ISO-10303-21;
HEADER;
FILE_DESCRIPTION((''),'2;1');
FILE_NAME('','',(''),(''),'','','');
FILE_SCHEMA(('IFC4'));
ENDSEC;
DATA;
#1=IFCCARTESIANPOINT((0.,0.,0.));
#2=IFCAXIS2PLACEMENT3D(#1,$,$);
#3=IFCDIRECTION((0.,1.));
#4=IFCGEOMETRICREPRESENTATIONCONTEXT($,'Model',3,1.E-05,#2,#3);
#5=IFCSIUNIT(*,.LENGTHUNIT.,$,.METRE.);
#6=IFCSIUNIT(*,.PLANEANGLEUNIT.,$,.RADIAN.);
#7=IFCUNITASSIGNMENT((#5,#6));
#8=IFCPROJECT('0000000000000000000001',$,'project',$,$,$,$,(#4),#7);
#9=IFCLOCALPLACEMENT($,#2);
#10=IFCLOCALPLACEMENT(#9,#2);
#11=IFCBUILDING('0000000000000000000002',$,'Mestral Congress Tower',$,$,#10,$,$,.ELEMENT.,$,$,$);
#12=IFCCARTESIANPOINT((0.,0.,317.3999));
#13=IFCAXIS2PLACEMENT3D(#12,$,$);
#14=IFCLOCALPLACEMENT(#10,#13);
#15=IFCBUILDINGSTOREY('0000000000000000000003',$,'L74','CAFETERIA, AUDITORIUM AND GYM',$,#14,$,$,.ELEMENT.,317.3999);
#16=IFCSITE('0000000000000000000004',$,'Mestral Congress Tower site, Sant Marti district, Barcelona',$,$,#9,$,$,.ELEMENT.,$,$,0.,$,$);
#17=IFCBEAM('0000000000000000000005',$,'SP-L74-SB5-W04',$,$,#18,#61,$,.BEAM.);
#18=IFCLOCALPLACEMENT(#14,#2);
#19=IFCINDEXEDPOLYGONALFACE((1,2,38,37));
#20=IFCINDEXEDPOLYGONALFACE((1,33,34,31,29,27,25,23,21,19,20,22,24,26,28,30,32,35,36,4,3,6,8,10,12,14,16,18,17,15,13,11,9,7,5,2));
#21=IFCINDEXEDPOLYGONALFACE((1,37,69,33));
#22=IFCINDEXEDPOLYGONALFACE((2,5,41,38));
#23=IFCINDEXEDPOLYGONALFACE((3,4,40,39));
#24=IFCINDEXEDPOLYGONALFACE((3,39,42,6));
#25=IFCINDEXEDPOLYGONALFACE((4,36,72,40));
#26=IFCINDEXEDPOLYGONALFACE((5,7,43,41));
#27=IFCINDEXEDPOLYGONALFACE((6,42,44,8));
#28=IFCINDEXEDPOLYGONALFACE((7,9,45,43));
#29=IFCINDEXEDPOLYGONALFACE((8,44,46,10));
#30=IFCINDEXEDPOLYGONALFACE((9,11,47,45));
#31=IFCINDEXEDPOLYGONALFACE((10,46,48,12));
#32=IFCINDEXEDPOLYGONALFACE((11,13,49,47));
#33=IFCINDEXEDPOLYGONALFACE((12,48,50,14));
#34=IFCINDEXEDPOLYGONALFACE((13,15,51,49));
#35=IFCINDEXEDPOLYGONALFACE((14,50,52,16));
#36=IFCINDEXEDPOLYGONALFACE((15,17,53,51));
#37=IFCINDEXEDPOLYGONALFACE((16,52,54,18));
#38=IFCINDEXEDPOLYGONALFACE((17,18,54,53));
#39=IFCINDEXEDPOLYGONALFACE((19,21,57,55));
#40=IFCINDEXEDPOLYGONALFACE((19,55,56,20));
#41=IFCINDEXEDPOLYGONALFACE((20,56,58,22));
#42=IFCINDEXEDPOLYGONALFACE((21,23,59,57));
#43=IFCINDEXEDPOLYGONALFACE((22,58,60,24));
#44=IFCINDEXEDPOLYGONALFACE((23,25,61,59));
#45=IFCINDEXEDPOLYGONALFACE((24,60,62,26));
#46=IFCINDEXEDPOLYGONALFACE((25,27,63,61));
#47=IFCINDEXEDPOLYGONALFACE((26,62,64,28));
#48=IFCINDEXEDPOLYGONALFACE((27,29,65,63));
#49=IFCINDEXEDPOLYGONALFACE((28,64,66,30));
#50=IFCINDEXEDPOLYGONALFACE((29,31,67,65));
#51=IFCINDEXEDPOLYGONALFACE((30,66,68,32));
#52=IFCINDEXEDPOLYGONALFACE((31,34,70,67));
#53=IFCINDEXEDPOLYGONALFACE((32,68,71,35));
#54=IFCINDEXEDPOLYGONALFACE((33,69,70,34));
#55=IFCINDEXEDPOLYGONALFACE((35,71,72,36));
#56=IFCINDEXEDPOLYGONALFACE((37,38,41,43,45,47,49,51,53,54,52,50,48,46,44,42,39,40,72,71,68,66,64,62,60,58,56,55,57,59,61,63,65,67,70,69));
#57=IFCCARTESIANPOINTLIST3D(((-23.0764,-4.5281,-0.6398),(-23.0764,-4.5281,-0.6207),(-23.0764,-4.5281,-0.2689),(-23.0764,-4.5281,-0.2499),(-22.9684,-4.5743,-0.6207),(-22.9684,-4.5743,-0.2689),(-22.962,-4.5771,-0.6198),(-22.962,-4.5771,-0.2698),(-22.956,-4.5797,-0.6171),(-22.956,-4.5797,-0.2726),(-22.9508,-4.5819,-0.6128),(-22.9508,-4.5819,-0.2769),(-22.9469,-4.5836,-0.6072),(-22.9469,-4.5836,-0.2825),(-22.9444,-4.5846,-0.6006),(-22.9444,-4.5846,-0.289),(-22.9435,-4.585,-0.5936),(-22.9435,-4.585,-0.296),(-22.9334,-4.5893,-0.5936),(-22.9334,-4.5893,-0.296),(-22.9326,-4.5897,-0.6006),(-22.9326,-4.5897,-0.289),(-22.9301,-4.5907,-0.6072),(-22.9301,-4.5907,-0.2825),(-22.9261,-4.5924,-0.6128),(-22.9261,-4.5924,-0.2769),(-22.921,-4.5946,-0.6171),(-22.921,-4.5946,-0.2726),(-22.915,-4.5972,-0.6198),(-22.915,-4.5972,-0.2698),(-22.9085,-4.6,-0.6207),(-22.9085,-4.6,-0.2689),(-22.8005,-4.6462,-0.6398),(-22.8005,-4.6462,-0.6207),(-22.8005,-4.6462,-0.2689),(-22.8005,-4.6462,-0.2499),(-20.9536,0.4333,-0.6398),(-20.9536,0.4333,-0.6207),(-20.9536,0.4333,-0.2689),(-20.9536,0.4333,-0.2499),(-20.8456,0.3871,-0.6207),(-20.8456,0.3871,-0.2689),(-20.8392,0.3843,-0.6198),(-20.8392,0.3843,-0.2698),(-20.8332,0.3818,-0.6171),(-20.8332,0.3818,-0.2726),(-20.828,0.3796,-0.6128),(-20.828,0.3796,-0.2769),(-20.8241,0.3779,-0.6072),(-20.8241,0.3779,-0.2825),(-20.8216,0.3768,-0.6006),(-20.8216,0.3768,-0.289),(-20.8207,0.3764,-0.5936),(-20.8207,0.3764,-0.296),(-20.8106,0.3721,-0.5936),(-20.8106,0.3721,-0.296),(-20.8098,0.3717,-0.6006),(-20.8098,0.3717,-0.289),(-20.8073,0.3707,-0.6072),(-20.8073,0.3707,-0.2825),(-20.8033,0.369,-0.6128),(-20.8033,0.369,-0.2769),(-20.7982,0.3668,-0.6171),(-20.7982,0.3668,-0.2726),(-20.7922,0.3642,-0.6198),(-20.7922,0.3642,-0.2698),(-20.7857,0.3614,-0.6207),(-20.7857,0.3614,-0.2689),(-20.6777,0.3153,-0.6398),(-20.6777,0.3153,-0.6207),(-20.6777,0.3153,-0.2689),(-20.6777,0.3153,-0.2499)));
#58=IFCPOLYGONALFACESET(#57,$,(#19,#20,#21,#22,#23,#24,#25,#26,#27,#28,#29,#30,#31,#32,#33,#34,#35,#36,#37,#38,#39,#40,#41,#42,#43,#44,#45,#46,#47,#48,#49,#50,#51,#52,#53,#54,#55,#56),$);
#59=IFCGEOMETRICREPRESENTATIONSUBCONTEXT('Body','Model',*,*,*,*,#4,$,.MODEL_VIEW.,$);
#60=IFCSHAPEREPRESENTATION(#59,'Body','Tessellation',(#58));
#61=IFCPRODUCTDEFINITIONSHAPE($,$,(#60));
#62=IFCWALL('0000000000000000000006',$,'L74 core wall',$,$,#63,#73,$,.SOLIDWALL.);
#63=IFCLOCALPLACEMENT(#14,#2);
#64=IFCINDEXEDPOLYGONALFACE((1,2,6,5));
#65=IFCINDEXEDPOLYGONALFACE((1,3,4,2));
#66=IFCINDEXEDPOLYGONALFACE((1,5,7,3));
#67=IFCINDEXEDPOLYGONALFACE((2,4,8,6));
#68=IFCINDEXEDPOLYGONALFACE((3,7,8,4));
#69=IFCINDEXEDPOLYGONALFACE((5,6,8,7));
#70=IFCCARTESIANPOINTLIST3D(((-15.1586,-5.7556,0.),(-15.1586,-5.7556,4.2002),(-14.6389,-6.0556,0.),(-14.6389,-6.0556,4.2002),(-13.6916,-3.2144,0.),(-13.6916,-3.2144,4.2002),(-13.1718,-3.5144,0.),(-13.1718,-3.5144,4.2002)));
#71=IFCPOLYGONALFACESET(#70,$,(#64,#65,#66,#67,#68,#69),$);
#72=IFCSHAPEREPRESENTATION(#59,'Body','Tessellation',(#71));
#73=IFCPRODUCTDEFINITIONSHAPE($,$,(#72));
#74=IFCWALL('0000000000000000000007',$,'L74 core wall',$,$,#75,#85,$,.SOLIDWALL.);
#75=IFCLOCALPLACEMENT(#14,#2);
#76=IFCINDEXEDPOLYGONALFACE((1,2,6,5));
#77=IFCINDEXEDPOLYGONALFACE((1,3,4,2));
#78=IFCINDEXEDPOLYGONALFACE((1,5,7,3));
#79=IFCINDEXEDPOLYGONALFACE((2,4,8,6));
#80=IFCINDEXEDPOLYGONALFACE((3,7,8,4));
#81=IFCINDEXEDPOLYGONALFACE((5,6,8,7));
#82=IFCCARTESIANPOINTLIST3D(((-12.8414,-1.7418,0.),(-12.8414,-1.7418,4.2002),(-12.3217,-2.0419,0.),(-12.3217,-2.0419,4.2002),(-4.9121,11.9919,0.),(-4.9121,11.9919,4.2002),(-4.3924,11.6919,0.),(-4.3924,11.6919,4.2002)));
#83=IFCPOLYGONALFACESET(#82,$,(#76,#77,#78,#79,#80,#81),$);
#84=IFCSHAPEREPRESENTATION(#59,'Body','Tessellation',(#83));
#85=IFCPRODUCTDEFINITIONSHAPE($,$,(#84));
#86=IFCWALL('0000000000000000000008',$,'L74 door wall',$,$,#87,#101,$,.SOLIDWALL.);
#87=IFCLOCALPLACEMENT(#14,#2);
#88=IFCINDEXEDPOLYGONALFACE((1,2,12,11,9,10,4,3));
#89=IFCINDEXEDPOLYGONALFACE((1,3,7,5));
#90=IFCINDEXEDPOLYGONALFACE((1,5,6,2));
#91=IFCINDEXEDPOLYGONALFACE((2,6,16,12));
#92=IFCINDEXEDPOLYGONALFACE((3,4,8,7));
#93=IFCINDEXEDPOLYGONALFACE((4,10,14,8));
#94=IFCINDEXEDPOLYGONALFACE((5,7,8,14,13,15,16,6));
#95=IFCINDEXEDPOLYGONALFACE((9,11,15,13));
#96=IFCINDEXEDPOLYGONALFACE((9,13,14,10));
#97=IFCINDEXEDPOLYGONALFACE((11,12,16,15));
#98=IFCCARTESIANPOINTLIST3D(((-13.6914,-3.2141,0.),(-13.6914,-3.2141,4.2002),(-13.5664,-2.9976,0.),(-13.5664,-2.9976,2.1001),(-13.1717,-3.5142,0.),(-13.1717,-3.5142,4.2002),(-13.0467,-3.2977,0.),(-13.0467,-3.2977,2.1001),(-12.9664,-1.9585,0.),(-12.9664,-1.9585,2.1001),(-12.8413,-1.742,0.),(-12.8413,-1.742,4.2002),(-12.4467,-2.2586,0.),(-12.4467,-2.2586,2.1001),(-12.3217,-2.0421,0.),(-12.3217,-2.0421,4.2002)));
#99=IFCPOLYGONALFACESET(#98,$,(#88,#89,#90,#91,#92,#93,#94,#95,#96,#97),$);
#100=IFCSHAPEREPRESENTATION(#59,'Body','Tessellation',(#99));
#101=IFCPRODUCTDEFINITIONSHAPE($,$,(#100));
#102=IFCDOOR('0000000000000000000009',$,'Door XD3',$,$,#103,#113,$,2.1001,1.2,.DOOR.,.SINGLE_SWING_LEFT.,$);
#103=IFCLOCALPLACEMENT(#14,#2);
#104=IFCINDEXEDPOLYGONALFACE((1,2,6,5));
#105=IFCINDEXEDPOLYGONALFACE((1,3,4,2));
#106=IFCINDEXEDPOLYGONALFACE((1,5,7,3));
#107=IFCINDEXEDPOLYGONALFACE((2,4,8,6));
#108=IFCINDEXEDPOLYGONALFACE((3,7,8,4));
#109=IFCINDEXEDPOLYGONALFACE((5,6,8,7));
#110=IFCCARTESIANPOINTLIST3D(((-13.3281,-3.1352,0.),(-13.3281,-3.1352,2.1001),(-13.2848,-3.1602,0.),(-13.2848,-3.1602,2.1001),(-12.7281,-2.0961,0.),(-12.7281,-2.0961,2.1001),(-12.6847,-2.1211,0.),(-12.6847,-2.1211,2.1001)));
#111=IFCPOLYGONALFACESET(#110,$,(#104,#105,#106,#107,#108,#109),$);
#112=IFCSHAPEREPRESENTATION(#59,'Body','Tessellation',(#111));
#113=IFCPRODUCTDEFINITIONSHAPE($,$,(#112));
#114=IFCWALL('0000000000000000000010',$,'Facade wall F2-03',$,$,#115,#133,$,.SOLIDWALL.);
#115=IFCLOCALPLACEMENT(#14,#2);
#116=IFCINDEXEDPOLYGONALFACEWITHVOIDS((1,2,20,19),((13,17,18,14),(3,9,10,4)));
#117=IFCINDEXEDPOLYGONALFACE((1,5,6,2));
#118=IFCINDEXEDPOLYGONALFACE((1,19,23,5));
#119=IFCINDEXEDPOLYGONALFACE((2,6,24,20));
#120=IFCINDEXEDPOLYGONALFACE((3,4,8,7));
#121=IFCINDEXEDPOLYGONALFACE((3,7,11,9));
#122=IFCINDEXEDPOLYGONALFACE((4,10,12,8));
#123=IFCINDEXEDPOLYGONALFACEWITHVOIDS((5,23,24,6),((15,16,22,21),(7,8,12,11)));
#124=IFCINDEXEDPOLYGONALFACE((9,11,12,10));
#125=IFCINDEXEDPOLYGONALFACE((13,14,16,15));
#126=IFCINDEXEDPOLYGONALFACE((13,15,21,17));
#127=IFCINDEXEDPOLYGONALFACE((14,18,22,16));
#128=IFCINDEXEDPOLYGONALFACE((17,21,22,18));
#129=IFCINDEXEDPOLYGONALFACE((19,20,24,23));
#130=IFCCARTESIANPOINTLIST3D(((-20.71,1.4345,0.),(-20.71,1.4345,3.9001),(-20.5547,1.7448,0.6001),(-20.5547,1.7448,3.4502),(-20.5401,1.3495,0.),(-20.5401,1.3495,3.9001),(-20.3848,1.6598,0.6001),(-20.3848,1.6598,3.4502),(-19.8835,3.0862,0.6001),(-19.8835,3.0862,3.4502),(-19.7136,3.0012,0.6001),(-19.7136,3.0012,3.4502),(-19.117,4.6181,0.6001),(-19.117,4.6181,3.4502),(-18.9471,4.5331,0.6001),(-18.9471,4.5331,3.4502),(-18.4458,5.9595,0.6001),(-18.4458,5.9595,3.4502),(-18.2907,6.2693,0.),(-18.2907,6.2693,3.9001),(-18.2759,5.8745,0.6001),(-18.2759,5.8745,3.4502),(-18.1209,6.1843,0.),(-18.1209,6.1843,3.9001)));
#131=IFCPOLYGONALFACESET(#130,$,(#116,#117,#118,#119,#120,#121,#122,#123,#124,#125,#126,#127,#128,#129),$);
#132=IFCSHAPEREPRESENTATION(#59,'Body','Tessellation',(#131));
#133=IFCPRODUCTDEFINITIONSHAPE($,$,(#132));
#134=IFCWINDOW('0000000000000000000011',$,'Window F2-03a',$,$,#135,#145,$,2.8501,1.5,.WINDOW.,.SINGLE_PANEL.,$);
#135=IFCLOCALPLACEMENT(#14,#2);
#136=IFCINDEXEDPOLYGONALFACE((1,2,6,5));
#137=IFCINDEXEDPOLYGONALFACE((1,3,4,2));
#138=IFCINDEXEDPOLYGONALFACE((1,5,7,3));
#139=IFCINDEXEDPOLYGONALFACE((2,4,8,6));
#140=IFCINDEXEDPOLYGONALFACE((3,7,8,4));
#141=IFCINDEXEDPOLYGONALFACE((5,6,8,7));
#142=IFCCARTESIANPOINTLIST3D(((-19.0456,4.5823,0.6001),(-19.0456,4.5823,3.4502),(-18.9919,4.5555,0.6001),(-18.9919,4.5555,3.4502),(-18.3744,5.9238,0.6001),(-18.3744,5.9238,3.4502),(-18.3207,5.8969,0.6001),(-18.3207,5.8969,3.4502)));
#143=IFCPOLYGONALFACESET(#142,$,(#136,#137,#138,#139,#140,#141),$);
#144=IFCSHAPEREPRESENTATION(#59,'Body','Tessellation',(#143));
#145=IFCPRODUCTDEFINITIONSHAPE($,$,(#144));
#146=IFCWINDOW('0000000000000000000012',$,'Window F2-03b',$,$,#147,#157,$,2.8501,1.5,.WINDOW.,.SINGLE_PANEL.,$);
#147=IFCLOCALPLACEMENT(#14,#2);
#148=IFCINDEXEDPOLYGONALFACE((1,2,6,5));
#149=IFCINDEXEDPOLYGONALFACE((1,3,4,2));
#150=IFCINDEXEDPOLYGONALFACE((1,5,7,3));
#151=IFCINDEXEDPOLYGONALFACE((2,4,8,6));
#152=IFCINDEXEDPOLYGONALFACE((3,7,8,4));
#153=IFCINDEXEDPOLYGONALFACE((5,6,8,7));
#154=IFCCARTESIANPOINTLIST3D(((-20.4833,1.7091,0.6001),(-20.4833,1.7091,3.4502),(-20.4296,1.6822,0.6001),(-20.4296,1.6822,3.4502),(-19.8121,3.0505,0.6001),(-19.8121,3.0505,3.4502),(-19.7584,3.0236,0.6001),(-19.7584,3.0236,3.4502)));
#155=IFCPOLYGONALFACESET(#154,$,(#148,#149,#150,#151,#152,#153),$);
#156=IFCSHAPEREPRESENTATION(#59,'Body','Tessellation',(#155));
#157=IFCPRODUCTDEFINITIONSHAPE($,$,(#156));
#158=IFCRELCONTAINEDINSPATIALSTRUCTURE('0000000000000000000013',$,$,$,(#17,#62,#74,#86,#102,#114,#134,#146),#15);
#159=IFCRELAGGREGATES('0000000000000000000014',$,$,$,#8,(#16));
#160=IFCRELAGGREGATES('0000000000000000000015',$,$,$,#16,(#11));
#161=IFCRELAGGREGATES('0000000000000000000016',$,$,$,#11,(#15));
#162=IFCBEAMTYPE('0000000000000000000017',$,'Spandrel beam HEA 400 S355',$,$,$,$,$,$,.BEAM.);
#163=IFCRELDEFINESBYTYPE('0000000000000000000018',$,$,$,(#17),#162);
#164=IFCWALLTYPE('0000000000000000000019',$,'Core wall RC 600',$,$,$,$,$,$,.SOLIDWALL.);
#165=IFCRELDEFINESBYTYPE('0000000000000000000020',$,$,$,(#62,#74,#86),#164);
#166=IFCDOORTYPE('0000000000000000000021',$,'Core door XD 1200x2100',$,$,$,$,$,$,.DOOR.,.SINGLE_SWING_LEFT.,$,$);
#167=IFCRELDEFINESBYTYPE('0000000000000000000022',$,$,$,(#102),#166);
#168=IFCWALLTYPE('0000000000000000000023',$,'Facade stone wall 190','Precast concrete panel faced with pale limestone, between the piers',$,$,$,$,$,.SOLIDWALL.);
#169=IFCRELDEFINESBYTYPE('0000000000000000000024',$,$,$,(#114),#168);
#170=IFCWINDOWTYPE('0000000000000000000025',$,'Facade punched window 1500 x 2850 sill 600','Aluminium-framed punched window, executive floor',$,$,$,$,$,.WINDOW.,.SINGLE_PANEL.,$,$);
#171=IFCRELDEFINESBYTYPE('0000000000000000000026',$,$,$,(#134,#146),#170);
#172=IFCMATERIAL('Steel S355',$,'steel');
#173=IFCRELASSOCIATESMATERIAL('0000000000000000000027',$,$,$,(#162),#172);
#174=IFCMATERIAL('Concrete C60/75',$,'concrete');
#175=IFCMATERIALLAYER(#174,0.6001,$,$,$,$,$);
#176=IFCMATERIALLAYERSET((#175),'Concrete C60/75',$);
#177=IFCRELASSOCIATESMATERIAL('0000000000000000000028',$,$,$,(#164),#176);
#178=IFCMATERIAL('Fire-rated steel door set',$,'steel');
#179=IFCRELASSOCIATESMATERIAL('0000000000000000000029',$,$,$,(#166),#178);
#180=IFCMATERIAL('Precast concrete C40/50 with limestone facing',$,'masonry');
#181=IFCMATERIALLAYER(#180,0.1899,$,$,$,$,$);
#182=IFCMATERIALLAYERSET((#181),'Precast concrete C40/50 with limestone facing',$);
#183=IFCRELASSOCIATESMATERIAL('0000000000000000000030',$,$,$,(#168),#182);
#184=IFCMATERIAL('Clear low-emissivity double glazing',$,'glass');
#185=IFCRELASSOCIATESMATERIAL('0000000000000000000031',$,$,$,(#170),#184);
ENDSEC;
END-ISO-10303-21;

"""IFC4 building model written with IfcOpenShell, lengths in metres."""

from ifc_helpers import new_model, si_unit, direction, frame, frame_2d, origin, origin_2d, place, context, subcontext, project, spatial, rectangle, i_section, extrude, material, layer, layer_set, material_profile, profile_set, type_object, element, fill, save


model = new_model("IFC4")

# Units and contexts
model_context = context("Model", 3, precision=1e-05, world=origin(), true_north=direction((0.0, 1.0)))
body_context = subcontext(model_context, "Body", "Model", "MODEL_VIEW")
ifc_project = project(units=[si_unit("LENGTHUNIT", "METRE"), si_unit("PLANEANGLEUNIT", "RADIAN")], contexts=[model_context])

# Site, building, storey
site_placement = place(None, origin())
site = spatial("IfcSite", under=ifc_project, at=site_placement, Name="Mestral Congress Tower site, Sant Marti district, Barcelona", CompositionType="ELEMENT", RefElevation=0.0)
building_placement = place(site_placement, origin())
building = spatial("IfcBuilding", under=site, at=building_placement, Name="Mestral Congress Tower", CompositionType="ELEMENT")
storey_placement = place(building_placement, frame((0.0, 0.0, 317.3999)))
storey = spatial("IfcBuildingStorey", under=building, at=storey_placement, Name="L74", Description="CAFETERIA, AUDITORIUM AND GYM", CompositionType="ELEMENT", Elevation=317.3999)

# Shared definitions
ifc_material_1 = material(Name="Concrete C60/75", Category="concrete")

# Beam
ifc_material_2 = material(Name="Steel S355", Category="steel")
ifc_material_profile_1 = material_profile(ifc_material_2, i_section(OverallWidth=0.3, OverallDepth=0.3899, WebThickness=0.011, FlangeThickness=0.019, FilletRadius=0.0271, at=origin_2d()), Name="HEA 400")
ifc_profile_set_1 = profile_set([ifc_material_profile_1], Name="Steel S355")
beam_type_1 = type_object("IfcBeamType", Name="Spandrel beam HEA 400 S355", PredefinedType="BEAM", material=ifc_profile_set_1)
beam_1_placement = place(storey_placement, frame((-20.8157, 0.3743, -0.4448), z_axis=(-0.393368, -0.919381, 0.0), x_axis=(0.919381, -0.393368, 0.0)))
element("IfcBeam", 1, at=beam_1_placement, inside=storey, type_object=beam_type_1, Name="SP-L74-SB5-W04", PredefinedType="BEAM", context=body_context, shape_type="SweptSolid", body=[
    extrude(i_section(OverallWidth=0.3, OverallDepth=0.3899, WebThickness=0.011, FlangeThickness=0.019, FilletRadius=0.0271, at=origin_2d()), origin(), (0.0, 0.0, 1.0), 5.3965),
])

# Walls
ifc_layer_1 = layer(ifc_material_1, 0.6001)
ifc_layer_set_1 = layer_set([ifc_layer_1], Name="Concrete C60/75")
wall_type_1 = type_object("IfcWallType", Name="Core wall RC 600", PredefinedType="SOLIDWALL", material=ifc_layer_set_1)
wall_1_placement = place(storey_placement, frame((-13.4316, -3.3643, 0.0), z_axis=(0.0, 0.0, 1.0), x_axis=(-0.49996, -0.866048, 0.0)))
element("IfcWall", 2, at=wall_1_placement, inside=storey, type_object=wall_type_1, Name="L74 core wall", PredefinedType="SOLIDWALL", context=body_context, shape_type="SweptSolid", body=[
    extrude(rectangle(XDim=2.9343, YDim=0.6001, at=frame_2d((1.4673, 0.0))), origin(), (0.0, 0.0, 1.0), 4.2002),
])
wall_2_placement = place(storey_placement, frame((-12.5815, -1.8918, 0.0), z_axis=(0.0, 0.0, 1.0), x_axis=(0.500004, 0.866023, 0.0)))
element("IfcWall", 3, at=wall_2_placement, inside=storey, type_object=wall_type_1, Name="L74 core wall", PredefinedType="SOLIDWALL", context=body_context, shape_type="SweptSolid", body=[
    extrude(rectangle(XDim=15.8584, YDim=0.6001, at=frame_2d((7.9292, 0.0))), origin(), (0.0, 0.0, 1.0), 4.2002),
])

# Wall, opening, door
wall_3_placement = place(storey_placement, frame((-13.4316, -3.3643, 0.0), z_axis=(0.0, 0.0, 1.0), x_axis=(0.500062, 0.865989, 0.0)))
wall_3 = element("IfcWall", 4, at=wall_3_placement, inside=storey, type_object=wall_type_1, Name="L74 door wall", PredefinedType="SOLIDWALL", context=body_context, shape_type="SweptSolid", body=[
    extrude(rectangle(XDim=1.7, YDim=0.6001, at=frame_2d((0.8501, 0.0))), origin(), (0.0, 0.0, 1.0), 4.2002),
])
opening_1_placement = place(wall_3_placement, frame((0.25, 0.0, 0.0)))
opening_1 = element("IfcOpeningElement", 5, at=opening_1_placement, cuts=wall_3, PredefinedType="OPENING", context=body_context, shape_type="SweptSolid", body=[
    extrude(rectangle(XDim=1.2, YDim=2.1001, at=frame_2d((0.6001, 1.05))), frame((0.0, 0.3101, 0.0), z_axis=(0.0, -1.0, 0.0), x_axis=(1.0, 0.0, 0.0)), (0.0, 0.0, 1.0), 0.6201),
])
ifc_material_3 = material(Name="Fire-rated steel door set", Category="steel")
door_type_1 = type_object("IfcDoorType", Name="Core door XD 1200x2100", OperationType="SINGLE_SWING_LEFT", PredefinedType="DOOR", material=ifc_material_3)
door_1_placement = place(opening_1_placement, origin())
door_1 = element("IfcDoor", 6, at=door_1_placement, inside=storey, type_object=door_type_1, Name="Door XD3", OperationType="SINGLE_SWING_LEFT", OverallHeight=2.1001, OverallWidth=1.2, PredefinedType="DOOR", context=body_context, shape_type="SweptSolid", body=[
    extrude(rectangle(XDim=1.2, YDim=2.1001, at=frame_2d((0.6001, 1.05))), frame((0.0, 0.0249, 0.0), z_axis=(0.0, -1.0, 0.0), x_axis=(1.0, 0.0, 0.0)), (0.0, 0.0, 1.0), 0.05),
])
fill(opening_1, door_1)

# Wall, openings, windows
ifc_material_4 = material(Name="Precast concrete C40/50 with limestone facing", Category="masonry")
ifc_layer_2 = layer(ifc_material_4, 0.1899)
ifc_layer_set_2 = layer_set([ifc_layer_2], Name="Precast concrete C40/50 with limestone facing")
wall_type_2 = type_object("IfcWallType", Name="Facade stone wall 190", Description="Precast concrete panel faced with pale limestone, between the piers", PredefinedType="SOLIDWALL", material=ifc_layer_set_2)
wall_4_placement = place(storey_placement, frame((-18.2058, 6.2268, 0.0), z_axis=(0.0, 0.0, 1.0), x_axis=(-0.447485, -0.894292, 0.0)))
wall_4 = element("IfcWall", 7, at=wall_4_placement, inside=storey, type_object=wall_type_2, Name="Facade wall F2-03", PredefinedType="SOLIDWALL", context=body_context, shape_type="SweptSolid", body=[
    extrude(rectangle(XDim=5.4062, YDim=0.1899, at=frame_2d((2.7031, 0.0))), origin(), (0.0, 0.0, 1.0), 3.9001),
])
opening_2_placement = place(wall_4_placement, frame((0.3464, 0.0, 0.6001)))
opening_2 = element("IfcOpeningElement", 8, at=opening_2_placement, cuts=wall_4, PredefinedType="OPENING", context=body_context, shape_type="SweptSolid", body=[
    extrude(rectangle(XDim=1.5, YDim=2.8501, at=frame_2d((0.75, 1.425))), frame((0.0, 0.105, 0.0), z_axis=(0.0, -1.0, 0.0), x_axis=(1.0, 0.0, 0.0)), (0.0, 0.0, 1.0), 0.21),
])
opening_3_placement = place(wall_4_placement, frame((3.5593, 0.0, 0.6001)))
opening_3 = element("IfcOpeningElement", 9, at=opening_3_placement, cuts=wall_4, PredefinedType="OPENING", context=body_context, shape_type="SweptSolid", body=[
    extrude(rectangle(XDim=1.5, YDim=2.8501, at=frame_2d((0.75, 1.425))), frame((0.0, 0.105, 0.0), z_axis=(0.0, -1.0, 0.0), x_axis=(1.0, 0.0, 0.0)), (0.0, 0.0, 1.0), 0.21),
])
ifc_material_5 = material(Name="Clear low-emissivity double glazing", Category="glass")
window_type = type_object("IfcWindowType", Name="Facade punched window 1500 x 2850 sill 600", Description="Aluminium-framed punched window, executive floor", PartitioningType="SINGLE_PANEL", PredefinedType="WINDOW", material=ifc_material_5)
window_1_placement = place(opening_2_placement, origin())
window_1 = element("IfcWindow", 10, at=window_1_placement, inside=storey, type_object=window_type, Name="Window F2-03a", OverallHeight=2.8501, OverallWidth=1.5, PartitioningType="SINGLE_PANEL", PredefinedType="WINDOW", context=body_context, shape_type="SweptSolid", body=[
    extrude(rectangle(XDim=1.5, YDim=2.8501, at=frame_2d((0.75, 1.425))), frame((0.0, 0.0449, 0.0), z_axis=(0.0, -1.0, 0.0), x_axis=(1.0, 0.0, 0.0)), (0.0, 0.0, 1.0), 0.0601),
])
fill(opening_2, window_1)
window_2_placement = place(opening_3_placement, origin())
window_2 = element("IfcWindow", 11, at=window_2_placement, inside=storey, type_object=window_type, Name="Window F2-03b", OverallHeight=2.8501, OverallWidth=1.5, PartitioningType="SINGLE_PANEL", PredefinedType="WINDOW", context=body_context, shape_type="SweptSolid", body=[
    extrude(rectangle(XDim=1.5, YDim=2.8501, at=frame_2d((0.75, 1.425))), frame((0.0, 0.0449, 0.0), z_axis=(0.0, -1.0, 0.0), x_axis=(1.0, 0.0, 0.0)), (0.0, 0.0, 1.0), 0.0601),
])
fill(opening_3, window_2)

save(model, "model.ifc")
